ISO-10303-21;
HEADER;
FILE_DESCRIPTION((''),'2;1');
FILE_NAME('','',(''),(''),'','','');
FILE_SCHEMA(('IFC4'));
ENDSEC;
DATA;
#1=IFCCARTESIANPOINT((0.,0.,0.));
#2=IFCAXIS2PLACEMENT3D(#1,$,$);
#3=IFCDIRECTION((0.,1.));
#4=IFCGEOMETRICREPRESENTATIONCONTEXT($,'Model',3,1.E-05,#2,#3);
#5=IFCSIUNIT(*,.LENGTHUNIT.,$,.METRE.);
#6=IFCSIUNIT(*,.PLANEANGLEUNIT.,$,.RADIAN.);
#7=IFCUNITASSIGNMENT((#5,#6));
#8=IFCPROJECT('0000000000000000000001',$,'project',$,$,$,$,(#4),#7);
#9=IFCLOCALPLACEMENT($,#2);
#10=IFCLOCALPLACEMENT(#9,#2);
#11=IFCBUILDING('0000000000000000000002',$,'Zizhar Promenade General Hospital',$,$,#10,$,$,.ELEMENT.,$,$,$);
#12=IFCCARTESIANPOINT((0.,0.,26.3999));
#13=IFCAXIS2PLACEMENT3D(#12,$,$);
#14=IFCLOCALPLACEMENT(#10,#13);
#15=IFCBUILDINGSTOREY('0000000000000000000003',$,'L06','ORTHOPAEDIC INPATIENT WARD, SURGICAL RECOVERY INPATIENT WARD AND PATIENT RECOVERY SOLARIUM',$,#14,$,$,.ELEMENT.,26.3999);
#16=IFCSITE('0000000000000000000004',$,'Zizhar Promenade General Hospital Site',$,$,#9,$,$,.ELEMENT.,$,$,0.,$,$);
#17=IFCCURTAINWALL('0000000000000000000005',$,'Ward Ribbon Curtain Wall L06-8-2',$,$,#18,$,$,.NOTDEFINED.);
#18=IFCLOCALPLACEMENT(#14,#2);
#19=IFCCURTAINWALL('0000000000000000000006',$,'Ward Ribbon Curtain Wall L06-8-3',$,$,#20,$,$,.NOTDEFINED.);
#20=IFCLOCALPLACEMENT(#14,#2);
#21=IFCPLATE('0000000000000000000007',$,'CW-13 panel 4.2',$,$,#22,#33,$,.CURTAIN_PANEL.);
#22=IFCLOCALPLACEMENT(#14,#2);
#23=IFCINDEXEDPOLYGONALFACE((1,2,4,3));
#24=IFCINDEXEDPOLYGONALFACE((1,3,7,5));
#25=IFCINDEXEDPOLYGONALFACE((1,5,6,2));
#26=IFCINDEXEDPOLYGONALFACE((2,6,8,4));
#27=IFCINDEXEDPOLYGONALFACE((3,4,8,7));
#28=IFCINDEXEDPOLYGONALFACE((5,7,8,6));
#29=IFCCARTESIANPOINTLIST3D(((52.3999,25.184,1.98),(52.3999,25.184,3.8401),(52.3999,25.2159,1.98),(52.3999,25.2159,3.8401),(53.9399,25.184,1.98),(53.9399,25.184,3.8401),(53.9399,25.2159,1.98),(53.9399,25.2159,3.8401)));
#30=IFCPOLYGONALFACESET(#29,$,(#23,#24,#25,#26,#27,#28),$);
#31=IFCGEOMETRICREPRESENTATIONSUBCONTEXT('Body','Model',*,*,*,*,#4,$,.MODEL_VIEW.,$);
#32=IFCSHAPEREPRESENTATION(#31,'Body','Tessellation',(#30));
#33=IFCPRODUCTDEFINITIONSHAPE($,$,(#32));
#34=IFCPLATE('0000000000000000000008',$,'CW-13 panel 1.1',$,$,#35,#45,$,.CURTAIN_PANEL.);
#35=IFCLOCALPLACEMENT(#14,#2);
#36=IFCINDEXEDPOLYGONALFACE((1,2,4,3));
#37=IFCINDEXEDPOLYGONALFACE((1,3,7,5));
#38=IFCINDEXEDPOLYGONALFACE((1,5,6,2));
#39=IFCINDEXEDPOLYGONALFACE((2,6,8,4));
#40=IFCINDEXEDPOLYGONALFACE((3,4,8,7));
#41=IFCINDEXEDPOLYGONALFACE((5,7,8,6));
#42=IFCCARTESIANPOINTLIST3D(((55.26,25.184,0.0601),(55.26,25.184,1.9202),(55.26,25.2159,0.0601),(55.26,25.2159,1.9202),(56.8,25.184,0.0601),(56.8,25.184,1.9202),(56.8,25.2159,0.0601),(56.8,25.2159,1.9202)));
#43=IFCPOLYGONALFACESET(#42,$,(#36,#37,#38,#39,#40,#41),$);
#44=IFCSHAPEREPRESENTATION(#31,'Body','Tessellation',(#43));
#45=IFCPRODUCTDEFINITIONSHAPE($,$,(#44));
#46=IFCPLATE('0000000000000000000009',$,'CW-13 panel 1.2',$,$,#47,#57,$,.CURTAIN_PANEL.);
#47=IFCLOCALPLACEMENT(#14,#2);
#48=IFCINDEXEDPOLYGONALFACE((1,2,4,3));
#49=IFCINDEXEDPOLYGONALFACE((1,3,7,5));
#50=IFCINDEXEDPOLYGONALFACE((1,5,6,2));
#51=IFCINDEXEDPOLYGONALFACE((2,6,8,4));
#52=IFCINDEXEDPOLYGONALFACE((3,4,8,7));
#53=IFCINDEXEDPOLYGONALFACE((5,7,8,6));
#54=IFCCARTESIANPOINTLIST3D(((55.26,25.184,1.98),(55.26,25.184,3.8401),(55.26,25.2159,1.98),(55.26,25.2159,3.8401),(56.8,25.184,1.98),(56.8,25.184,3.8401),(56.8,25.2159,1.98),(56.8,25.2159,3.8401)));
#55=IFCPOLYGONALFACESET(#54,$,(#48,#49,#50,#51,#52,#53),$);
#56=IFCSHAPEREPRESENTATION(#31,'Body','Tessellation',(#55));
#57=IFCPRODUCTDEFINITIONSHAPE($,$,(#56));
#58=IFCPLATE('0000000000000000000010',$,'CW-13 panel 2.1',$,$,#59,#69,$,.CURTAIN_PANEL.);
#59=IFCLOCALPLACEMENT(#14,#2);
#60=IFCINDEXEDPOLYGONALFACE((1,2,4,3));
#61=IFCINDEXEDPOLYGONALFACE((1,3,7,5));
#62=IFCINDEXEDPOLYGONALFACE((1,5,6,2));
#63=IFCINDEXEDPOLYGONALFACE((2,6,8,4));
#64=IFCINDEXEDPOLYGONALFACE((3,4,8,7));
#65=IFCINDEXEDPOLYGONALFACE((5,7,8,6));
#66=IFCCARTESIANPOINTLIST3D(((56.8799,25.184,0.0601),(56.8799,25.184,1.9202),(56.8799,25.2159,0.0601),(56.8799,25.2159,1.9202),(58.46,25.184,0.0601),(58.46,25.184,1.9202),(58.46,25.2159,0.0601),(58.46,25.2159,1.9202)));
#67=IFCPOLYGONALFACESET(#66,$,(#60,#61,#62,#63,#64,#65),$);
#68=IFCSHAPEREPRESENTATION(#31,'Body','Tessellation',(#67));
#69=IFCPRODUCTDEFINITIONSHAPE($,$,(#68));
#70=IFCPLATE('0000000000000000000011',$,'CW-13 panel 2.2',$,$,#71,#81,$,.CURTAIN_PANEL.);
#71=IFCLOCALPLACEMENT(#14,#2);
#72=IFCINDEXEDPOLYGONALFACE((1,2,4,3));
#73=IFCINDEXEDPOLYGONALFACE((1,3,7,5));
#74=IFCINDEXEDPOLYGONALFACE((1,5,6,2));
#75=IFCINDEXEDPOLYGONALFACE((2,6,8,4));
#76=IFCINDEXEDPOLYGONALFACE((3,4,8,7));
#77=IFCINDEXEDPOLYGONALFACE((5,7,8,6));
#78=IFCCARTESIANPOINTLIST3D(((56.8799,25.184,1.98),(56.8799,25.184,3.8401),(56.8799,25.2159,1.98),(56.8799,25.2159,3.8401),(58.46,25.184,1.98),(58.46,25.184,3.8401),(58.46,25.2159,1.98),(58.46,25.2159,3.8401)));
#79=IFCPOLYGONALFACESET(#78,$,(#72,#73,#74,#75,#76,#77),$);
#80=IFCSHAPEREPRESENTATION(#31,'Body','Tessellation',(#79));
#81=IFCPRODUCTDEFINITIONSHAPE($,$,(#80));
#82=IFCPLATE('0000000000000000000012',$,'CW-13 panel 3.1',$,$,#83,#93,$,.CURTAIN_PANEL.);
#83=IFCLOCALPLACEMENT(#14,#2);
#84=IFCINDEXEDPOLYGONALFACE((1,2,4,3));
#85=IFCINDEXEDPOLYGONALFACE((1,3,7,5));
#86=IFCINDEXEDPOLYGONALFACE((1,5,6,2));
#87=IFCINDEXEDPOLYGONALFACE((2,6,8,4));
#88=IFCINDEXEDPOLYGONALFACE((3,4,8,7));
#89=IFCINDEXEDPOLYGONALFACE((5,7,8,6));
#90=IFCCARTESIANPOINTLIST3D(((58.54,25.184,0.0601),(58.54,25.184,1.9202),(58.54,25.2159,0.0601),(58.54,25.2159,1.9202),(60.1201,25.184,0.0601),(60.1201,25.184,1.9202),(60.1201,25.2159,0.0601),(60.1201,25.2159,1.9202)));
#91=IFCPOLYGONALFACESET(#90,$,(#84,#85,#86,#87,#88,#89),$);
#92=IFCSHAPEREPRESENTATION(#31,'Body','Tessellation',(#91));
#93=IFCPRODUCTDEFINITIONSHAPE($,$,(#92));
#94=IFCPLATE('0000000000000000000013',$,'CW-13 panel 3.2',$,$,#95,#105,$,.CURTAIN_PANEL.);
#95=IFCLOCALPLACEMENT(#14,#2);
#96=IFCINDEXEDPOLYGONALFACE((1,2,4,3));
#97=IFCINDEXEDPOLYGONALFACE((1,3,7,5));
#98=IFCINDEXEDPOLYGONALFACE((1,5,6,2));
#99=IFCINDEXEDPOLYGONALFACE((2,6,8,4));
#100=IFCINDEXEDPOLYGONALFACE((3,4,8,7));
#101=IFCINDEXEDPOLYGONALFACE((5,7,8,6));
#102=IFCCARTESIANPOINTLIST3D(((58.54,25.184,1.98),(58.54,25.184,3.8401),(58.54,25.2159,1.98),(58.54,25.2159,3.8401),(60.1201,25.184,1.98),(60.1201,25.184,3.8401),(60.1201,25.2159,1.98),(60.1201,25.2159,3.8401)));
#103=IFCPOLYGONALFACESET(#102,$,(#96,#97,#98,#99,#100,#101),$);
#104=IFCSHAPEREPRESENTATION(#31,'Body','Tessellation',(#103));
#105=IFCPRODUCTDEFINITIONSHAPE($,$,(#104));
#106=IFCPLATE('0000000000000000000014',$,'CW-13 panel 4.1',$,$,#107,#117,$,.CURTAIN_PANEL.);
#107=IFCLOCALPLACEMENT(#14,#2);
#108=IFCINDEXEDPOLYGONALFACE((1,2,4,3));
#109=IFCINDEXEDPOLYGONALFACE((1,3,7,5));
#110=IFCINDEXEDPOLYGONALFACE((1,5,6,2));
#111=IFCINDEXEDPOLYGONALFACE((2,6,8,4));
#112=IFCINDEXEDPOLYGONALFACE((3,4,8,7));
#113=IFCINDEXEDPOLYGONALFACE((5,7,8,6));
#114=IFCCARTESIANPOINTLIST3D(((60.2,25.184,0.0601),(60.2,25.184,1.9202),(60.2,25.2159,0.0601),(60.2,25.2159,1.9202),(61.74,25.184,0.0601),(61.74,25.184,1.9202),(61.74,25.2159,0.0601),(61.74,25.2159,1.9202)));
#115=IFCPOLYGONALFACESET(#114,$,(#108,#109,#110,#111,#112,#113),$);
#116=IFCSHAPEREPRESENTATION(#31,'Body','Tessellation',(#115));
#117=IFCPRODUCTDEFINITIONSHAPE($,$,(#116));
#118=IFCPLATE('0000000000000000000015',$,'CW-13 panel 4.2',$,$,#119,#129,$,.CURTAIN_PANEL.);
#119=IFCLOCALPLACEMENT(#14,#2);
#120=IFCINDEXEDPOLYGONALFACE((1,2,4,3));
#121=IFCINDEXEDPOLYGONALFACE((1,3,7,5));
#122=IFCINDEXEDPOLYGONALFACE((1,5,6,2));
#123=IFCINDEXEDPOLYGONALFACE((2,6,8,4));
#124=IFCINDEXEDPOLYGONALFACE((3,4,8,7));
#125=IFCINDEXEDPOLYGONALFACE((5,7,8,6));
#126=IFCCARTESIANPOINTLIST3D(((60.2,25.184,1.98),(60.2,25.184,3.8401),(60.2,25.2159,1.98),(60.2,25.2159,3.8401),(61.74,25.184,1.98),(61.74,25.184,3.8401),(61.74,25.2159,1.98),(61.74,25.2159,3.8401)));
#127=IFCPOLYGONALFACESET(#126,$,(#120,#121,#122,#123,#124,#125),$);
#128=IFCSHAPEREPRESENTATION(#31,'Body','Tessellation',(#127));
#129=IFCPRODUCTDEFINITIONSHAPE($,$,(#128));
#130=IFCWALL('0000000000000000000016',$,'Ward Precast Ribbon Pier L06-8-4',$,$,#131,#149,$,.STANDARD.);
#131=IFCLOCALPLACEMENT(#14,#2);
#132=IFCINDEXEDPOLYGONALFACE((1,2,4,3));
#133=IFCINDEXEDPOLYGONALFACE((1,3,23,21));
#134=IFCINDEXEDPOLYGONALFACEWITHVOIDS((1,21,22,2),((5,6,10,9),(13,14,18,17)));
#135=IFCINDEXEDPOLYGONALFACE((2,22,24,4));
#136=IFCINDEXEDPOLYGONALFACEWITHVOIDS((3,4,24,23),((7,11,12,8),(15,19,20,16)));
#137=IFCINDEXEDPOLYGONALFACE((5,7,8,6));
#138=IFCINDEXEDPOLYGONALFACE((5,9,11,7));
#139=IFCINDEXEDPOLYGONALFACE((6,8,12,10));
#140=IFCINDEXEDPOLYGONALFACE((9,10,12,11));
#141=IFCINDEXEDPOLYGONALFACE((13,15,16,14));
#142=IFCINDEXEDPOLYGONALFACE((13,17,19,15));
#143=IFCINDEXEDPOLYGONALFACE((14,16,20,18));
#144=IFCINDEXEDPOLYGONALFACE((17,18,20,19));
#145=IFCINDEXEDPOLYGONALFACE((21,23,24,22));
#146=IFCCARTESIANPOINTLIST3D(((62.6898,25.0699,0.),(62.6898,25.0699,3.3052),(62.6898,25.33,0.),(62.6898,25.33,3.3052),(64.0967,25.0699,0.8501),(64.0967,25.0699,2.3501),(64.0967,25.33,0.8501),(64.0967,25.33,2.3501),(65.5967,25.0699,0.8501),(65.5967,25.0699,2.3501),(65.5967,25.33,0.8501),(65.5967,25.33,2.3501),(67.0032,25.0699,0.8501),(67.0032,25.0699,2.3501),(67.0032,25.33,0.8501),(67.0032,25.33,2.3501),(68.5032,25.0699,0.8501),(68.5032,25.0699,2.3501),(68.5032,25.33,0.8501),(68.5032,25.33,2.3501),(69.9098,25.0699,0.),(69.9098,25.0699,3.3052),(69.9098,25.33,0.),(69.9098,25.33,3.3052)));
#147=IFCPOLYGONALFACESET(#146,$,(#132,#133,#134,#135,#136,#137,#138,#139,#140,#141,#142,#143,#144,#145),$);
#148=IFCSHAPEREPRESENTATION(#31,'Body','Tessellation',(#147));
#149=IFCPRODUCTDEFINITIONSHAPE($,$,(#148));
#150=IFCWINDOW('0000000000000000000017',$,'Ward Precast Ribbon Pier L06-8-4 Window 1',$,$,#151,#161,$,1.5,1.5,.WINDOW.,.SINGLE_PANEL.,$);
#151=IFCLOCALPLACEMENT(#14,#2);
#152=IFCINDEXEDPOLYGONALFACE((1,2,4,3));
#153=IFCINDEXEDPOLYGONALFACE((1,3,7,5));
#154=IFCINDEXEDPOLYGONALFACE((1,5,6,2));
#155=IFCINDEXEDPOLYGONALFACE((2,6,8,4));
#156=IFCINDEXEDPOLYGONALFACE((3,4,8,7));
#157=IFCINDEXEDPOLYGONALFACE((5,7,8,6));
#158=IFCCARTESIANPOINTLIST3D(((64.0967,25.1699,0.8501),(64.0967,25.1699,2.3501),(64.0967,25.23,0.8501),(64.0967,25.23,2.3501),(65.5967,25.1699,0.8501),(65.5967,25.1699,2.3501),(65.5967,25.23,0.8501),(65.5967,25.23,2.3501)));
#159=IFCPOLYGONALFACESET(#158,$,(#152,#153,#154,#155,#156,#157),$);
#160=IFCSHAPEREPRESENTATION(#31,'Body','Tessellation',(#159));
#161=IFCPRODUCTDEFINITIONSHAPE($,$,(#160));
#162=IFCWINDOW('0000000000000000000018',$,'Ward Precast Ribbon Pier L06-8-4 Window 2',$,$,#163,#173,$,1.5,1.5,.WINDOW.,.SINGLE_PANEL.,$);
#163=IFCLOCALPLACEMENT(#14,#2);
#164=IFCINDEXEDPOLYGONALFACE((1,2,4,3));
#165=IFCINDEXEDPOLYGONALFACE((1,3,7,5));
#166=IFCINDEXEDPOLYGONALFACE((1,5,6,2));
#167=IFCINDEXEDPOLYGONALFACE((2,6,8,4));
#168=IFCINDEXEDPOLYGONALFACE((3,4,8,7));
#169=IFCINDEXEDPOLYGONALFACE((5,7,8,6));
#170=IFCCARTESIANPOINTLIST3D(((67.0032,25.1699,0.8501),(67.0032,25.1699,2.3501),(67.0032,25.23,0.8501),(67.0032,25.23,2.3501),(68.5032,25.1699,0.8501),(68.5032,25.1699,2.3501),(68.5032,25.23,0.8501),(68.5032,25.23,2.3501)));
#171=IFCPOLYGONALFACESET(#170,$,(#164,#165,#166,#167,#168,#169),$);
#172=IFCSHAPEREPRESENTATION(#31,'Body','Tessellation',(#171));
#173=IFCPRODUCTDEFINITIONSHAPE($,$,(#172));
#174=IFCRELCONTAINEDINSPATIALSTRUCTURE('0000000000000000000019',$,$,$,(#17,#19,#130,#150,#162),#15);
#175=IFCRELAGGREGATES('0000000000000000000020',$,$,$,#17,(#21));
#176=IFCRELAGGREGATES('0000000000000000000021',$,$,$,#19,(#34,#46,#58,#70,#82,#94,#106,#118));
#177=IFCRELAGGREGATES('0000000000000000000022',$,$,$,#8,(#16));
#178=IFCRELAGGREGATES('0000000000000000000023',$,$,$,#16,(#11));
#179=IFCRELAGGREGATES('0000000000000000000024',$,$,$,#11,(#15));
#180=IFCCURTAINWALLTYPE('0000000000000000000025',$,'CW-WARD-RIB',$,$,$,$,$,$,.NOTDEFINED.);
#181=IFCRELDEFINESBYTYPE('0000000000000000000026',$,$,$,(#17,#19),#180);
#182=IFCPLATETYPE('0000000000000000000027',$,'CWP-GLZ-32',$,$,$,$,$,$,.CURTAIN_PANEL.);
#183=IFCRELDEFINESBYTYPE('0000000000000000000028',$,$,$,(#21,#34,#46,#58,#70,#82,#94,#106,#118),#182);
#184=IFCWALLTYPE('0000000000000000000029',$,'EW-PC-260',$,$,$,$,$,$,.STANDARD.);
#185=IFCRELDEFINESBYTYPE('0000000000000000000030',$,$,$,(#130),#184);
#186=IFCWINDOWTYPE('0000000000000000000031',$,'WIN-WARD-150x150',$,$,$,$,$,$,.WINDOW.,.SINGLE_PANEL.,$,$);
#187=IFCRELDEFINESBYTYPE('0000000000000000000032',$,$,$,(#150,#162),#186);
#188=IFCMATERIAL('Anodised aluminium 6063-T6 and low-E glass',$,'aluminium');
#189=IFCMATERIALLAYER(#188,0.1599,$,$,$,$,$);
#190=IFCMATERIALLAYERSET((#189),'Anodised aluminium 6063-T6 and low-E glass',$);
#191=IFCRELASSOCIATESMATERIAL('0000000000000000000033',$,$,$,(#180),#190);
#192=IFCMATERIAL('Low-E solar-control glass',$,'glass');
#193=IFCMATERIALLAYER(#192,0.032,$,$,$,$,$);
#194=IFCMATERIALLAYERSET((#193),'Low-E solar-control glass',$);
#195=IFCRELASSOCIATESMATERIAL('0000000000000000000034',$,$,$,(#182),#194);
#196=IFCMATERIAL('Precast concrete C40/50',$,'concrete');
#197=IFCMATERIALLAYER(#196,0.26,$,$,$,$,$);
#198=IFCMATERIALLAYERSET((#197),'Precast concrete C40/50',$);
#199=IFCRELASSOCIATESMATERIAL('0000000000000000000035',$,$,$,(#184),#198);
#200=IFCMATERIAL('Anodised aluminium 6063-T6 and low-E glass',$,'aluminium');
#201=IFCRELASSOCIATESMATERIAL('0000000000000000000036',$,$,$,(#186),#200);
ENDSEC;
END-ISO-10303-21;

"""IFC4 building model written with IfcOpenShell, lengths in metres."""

from ifc_helpers import new_model, si_unit, direction, frame, frame_2d, origin, origin_2d, place, context, subcontext, project, spatial, rectangle, extrude, material, layer, layer_set, type_object, element, fill, aggregate, save


model = new_model("IFC4")

# Units and contexts
model_context = context("Model", 3, precision=1e-05, world=origin(), true_north=direction((0.0, 1.0)))
body_context = subcontext(model_context, "Body", "Model", "MODEL_VIEW")
ifc_project = project(units=[si_unit("LENGTHUNIT", "METRE"), si_unit("PLANEANGLEUNIT", "RADIAN")], contexts=[model_context])

# Site, building, storey
site_placement = place(None, origin())
site = spatial("IfcSite", under=ifc_project, at=site_placement, Name="Zizhar Promenade General Hospital Site", CompositionType="ELEMENT", RefElevation=0.0)
building_placement = place(site_placement, origin())
building = spatial("IfcBuilding", under=site, at=building_placement, Name="Zizhar Promenade General Hospital", CompositionType="ELEMENT")
storey_placement = place(building_placement, frame((0.0, 0.0, 26.3999)))
storey = spatial("IfcBuildingStorey", under=building, at=storey_placement, Name="L06", Description="ORTHOPAEDIC INPATIENT WARD, SURGICAL RECOVERY INPATIENT WARD AND PATIENT RECOVERY SOLARIUM", CompositionType="ELEMENT", Elevation=26.3999)

# Curtain wall
ifc_material_1 = material(Name="Anodised aluminium 6063-T6 and low-E glass", Category="aluminium")
ifc_layer_1 = layer(ifc_material_1, 0.1599)
ifc_layer_set_1 = layer_set([ifc_layer_1], Name="Anodised aluminium 6063-T6 and low-E glass")
curtain_wall_type = type_object("IfcCurtainWallType", Name="CW-WARD-RIB", PredefinedType="NOTDEFINED", material=ifc_layer_set_1)
curtain_wall_1_placement = place(storey_placement, origin())
curtain_wall_1 = element("IfcCurtainWall", 1, at=curtain_wall_1_placement, inside=storey, type_object=curtain_wall_type, Name="Ward Ribbon Curtain Wall L06-8-2", PredefinedType="NOTDEFINED")

# Curtain wall
curtain_wall_2_placement = place(storey_placement, origin())
curtain_wall_2 = element("IfcCurtainWall", 2, at=curtain_wall_2_placement, inside=storey, type_object=curtain_wall_type, Name="Ward Ribbon Curtain Wall L06-8-3", PredefinedType="NOTDEFINED")

# Plates
ifc_material_2 = material(Name="Low-E solar-control glass", Category="glass")
ifc_layer_2 = layer(ifc_material_2, 0.032)
ifc_layer_set_2 = layer_set([ifc_layer_2], Name="Low-E solar-control glass")
plate_type = type_object("IfcPlateType", Name="CWP-GLZ-32", PredefinedType="CURTAIN_PANEL", material=ifc_layer_set_2)
plate_1_placement = place(storey_placement, frame((53.1699, 25.2, 1.98), z_axis=(0.0, 0.0, 1.0), x_axis=(1.0, 0.0, 0.0)))
plate_1 = element("IfcPlate", 3, at=plate_1_placement, type_object=plate_type, Name="CW-13 panel 4.2", PredefinedType="CURTAIN_PANEL", context=body_context, shape_type="SweptSolid", body=[
    extrude(rectangle(XDim=1.54, YDim=0.032, at=origin_2d()), origin(), (0.0, 0.0, 1.0), 1.8601),
])
aggregate(curtain_wall_1, [plate_1])
plate_2_placement = place(storey_placement, frame((56.03, 25.2, 0.0601), z_axis=(0.0, 0.0, 1.0), x_axis=(1.0, 0.0, 0.0)))
plate_2 = element("IfcPlate", 4, at=plate_2_placement, type_object=plate_type, Name="CW-13 panel 1.1", PredefinedType="CURTAIN_PANEL", context=body_context, shape_type="SweptSolid", body=[
    extrude(rectangle(XDim=1.54, YDim=0.032, at=origin_2d()), origin(), (0.0, 0.0, 1.0), 1.8601),
])
plate_3_placement = place(storey_placement, frame((56.03, 25.2, 1.98), z_axis=(0.0, 0.0, 1.0), x_axis=(1.0, 0.0, 0.0)))
plate_3 = element("IfcPlate", 5, at=plate_3_placement, type_object=plate_type, Name="CW-13 panel 1.2", PredefinedType="CURTAIN_PANEL", context=body_context, shape_type="SweptSolid", body=[
    extrude(rectangle(XDim=1.54, YDim=0.032, at=origin_2d()), origin(), (0.0, 0.0, 1.0), 1.8601),
])
plate_4_placement = place(storey_placement, frame((57.6699, 25.2, 0.0601), z_axis=(0.0, 0.0, 1.0), x_axis=(1.0, 0.0, 0.0)))
plate_4 = element("IfcPlate", 6, at=plate_4_placement, type_object=plate_type, Name="CW-13 panel 2.1", PredefinedType="CURTAIN_PANEL", context=body_context, shape_type="SweptSolid", body=[
    extrude(rectangle(XDim=1.5801, YDim=0.032, at=origin_2d()), origin(), (0.0, 0.0, 1.0), 1.8601),
])
plate_5_placement = place(storey_placement, frame((57.6699, 25.2, 1.98), z_axis=(0.0, 0.0, 1.0), x_axis=(1.0, 0.0, 0.0)))
plate_5 = element("IfcPlate", 7, at=plate_5_placement, type_object=plate_type, Name="CW-13 panel 2.2", PredefinedType="CURTAIN_PANEL", context=body_context, shape_type="SweptSolid", body=[
    extrude(rectangle(XDim=1.5801, YDim=0.032, at=origin_2d()), origin(), (0.0, 0.0, 1.0), 1.8601),
])
plate_6_placement = place(storey_placement, frame((59.3301, 25.2, 0.0601), z_axis=(0.0, 0.0, 1.0), x_axis=(1.0, 0.0, 0.0)))
plate_6 = element("IfcPlate", 8, at=plate_6_placement, type_object=plate_type, Name="CW-13 panel 3.1", PredefinedType="CURTAIN_PANEL", context=body_context, shape_type="SweptSolid", body=[
    extrude(rectangle(XDim=1.5801, YDim=0.032, at=origin_2d()), origin(), (0.0, 0.0, 1.0), 1.8601),
])
plate_7_placement = place(storey_placement, frame((59.3301, 25.2, 1.98), z_axis=(0.0, 0.0, 1.0), x_axis=(1.0, 0.0, 0.0)))
plate_7 = element("IfcPlate", 9, at=plate_7_placement, type_object=plate_type, Name="CW-13 panel 3.2", PredefinedType="CURTAIN_PANEL", context=body_context, shape_type="SweptSolid", body=[
    extrude(rectangle(XDim=1.5801, YDim=0.032, at=origin_2d()), origin(), (0.0, 0.0, 1.0), 1.8601),
])
plate_8_placement = place(storey_placement, frame((60.97, 25.2, 0.0601), z_axis=(0.0, 0.0, 1.0), x_axis=(1.0, 0.0, 0.0)))
plate_8 = element("IfcPlate", 10, at=plate_8_placement, type_object=plate_type, Name="CW-13 panel 4.1", PredefinedType="CURTAIN_PANEL", context=body_context, shape_type="SweptSolid", body=[
    extrude(rectangle(XDim=1.54, YDim=0.032, at=origin_2d()), origin(), (0.0, 0.0, 1.0), 1.8601),
])
plate_9_placement = place(storey_placement, frame((60.97, 25.2, 1.98), z_axis=(0.0, 0.0, 1.0), x_axis=(1.0, 0.0, 0.0)))
plate_9 = element("IfcPlate", 11, at=plate_9_placement, type_object=plate_type, Name="CW-13 panel 4.2", PredefinedType="CURTAIN_PANEL", context=body_context, shape_type="SweptSolid", body=[
    extrude(rectangle(XDim=1.54, YDim=0.032, at=origin_2d()), origin(), (0.0, 0.0, 1.0), 1.8601),
])
aggregate(curtain_wall_2, [plate_2, plate_3, plate_4, plate_5, plate_6, plate_7, plate_8, plate_9])

# Wall, openings, windows
ifc_material_3 = material(Name="Precast concrete C40/50", Category="concrete")
ifc_layer_3 = layer(ifc_material_3, 0.26)
ifc_layer_set_3 = layer_set([ifc_layer_3], Name="Precast concrete C40/50")
wall_type_1 = type_object("IfcWallType", Name="EW-PC-260", PredefinedType="STANDARD", material=ifc_layer_set_3)
wall_1_placement = place(storey_placement, frame((62.6899, 25.2, 0.0), z_axis=(0.0, 0.0, 1.0), x_axis=(1.0, 0.0, 0.0)))
wall_1 = element("IfcWall", 12, at=wall_1_placement, inside=storey, type_object=wall_type_1, Name="Ward Precast Ribbon Pier L06-8-4", PredefinedType="STANDARD", context=body_context, shape_type="SweptSolid", body=[
    extrude(rectangle(XDim=7.22, YDim=0.26, at=frame_2d((3.6099, 0.0))), origin(), (0.0, 0.0, 1.0), 3.3052),
])
opening_1_placement = place(wall_1_placement, frame((1.4067, 0.0, 0.8501)))
opening_1 = element("IfcOpeningElement", 13, at=opening_1_placement, cuts=wall_1, PredefinedType="OPENING", context=body_context, shape_type="SweptSolid", body=[
    extrude(rectangle(XDim=1.5, YDim=1.5, at=frame_2d((0.75, 0.75))), frame((0.0, 0.1401, 0.0), z_axis=(0.0, -1.0, 0.0), x_axis=(1.0, 0.0, 0.0)), (0.0, 0.0, 1.0), 0.28),
])
opening_2_placement = place(wall_1_placement, frame((4.3132, 0.0, 0.8501)))
opening_2 = element("IfcOpeningElement", 14, at=opening_2_placement, cuts=wall_1, PredefinedType="OPENING", context=body_context, shape_type="SweptSolid", body=[
    extrude(rectangle(XDim=1.5, YDim=1.5, at=frame_2d((0.75, 0.75))), frame((0.0, 0.1401, 0.0), z_axis=(0.0, -1.0, 0.0), x_axis=(1.0, 0.0, 0.0)), (0.0, 0.0, 1.0), 0.28),
])
ifc_material_4 = material(Name="Anodised aluminium 6063-T6 and low-E glass", Category="aluminium")
window_type = type_object("IfcWindowType", Name="WIN-WARD-150x150", PartitioningType="SINGLE_PANEL", PredefinedType="WINDOW", material=ifc_material_4)
window_1_placement = place(opening_1_placement, origin())
window_1 = element("IfcWindow", 15, at=window_1_placement, inside=storey, type_object=window_type, Name="Ward Precast Ribbon Pier L06-8-4 Window 1", OverallHeight=1.5, OverallWidth=1.5, PartitioningType="SINGLE_PANEL", PredefinedType="WINDOW", context=body_context, shape_type="SweptSolid", body=[
    extrude(rectangle(XDim=1.5, YDim=1.5, at=frame_2d((0.75, 0.75))), frame((0.0, 0.03, 0.0), z_axis=(0.0, -1.0, 0.0), x_axis=(1.0, 0.0, 0.0)), (0.0, 0.0, 1.0), 0.0601),
])
fill(opening_1, window_1)
window_2_placement = place(opening_2_placement, origin())
window_2 = element("IfcWindow", 16, at=window_2_placement, inside=storey, type_object=window_type, Name="Ward Precast Ribbon Pier L06-8-4 Window 2", OverallHeight=1.5, OverallWidth=1.5, PartitioningType="SINGLE_PANEL", PredefinedType="WINDOW", context=body_context, shape_type="SweptSolid", body=[
    extrude(rectangle(XDim=1.5, YDim=1.5, at=frame_2d((0.75, 0.75))), frame((0.0, 0.03, 0.0), z_axis=(0.0, -1.0, 0.0), x_axis=(1.0, 0.0, 0.0)), (0.0, 0.0, 1.0), 0.0601),
])
fill(opening_2, window_2)

save(model, "model.ifc")
